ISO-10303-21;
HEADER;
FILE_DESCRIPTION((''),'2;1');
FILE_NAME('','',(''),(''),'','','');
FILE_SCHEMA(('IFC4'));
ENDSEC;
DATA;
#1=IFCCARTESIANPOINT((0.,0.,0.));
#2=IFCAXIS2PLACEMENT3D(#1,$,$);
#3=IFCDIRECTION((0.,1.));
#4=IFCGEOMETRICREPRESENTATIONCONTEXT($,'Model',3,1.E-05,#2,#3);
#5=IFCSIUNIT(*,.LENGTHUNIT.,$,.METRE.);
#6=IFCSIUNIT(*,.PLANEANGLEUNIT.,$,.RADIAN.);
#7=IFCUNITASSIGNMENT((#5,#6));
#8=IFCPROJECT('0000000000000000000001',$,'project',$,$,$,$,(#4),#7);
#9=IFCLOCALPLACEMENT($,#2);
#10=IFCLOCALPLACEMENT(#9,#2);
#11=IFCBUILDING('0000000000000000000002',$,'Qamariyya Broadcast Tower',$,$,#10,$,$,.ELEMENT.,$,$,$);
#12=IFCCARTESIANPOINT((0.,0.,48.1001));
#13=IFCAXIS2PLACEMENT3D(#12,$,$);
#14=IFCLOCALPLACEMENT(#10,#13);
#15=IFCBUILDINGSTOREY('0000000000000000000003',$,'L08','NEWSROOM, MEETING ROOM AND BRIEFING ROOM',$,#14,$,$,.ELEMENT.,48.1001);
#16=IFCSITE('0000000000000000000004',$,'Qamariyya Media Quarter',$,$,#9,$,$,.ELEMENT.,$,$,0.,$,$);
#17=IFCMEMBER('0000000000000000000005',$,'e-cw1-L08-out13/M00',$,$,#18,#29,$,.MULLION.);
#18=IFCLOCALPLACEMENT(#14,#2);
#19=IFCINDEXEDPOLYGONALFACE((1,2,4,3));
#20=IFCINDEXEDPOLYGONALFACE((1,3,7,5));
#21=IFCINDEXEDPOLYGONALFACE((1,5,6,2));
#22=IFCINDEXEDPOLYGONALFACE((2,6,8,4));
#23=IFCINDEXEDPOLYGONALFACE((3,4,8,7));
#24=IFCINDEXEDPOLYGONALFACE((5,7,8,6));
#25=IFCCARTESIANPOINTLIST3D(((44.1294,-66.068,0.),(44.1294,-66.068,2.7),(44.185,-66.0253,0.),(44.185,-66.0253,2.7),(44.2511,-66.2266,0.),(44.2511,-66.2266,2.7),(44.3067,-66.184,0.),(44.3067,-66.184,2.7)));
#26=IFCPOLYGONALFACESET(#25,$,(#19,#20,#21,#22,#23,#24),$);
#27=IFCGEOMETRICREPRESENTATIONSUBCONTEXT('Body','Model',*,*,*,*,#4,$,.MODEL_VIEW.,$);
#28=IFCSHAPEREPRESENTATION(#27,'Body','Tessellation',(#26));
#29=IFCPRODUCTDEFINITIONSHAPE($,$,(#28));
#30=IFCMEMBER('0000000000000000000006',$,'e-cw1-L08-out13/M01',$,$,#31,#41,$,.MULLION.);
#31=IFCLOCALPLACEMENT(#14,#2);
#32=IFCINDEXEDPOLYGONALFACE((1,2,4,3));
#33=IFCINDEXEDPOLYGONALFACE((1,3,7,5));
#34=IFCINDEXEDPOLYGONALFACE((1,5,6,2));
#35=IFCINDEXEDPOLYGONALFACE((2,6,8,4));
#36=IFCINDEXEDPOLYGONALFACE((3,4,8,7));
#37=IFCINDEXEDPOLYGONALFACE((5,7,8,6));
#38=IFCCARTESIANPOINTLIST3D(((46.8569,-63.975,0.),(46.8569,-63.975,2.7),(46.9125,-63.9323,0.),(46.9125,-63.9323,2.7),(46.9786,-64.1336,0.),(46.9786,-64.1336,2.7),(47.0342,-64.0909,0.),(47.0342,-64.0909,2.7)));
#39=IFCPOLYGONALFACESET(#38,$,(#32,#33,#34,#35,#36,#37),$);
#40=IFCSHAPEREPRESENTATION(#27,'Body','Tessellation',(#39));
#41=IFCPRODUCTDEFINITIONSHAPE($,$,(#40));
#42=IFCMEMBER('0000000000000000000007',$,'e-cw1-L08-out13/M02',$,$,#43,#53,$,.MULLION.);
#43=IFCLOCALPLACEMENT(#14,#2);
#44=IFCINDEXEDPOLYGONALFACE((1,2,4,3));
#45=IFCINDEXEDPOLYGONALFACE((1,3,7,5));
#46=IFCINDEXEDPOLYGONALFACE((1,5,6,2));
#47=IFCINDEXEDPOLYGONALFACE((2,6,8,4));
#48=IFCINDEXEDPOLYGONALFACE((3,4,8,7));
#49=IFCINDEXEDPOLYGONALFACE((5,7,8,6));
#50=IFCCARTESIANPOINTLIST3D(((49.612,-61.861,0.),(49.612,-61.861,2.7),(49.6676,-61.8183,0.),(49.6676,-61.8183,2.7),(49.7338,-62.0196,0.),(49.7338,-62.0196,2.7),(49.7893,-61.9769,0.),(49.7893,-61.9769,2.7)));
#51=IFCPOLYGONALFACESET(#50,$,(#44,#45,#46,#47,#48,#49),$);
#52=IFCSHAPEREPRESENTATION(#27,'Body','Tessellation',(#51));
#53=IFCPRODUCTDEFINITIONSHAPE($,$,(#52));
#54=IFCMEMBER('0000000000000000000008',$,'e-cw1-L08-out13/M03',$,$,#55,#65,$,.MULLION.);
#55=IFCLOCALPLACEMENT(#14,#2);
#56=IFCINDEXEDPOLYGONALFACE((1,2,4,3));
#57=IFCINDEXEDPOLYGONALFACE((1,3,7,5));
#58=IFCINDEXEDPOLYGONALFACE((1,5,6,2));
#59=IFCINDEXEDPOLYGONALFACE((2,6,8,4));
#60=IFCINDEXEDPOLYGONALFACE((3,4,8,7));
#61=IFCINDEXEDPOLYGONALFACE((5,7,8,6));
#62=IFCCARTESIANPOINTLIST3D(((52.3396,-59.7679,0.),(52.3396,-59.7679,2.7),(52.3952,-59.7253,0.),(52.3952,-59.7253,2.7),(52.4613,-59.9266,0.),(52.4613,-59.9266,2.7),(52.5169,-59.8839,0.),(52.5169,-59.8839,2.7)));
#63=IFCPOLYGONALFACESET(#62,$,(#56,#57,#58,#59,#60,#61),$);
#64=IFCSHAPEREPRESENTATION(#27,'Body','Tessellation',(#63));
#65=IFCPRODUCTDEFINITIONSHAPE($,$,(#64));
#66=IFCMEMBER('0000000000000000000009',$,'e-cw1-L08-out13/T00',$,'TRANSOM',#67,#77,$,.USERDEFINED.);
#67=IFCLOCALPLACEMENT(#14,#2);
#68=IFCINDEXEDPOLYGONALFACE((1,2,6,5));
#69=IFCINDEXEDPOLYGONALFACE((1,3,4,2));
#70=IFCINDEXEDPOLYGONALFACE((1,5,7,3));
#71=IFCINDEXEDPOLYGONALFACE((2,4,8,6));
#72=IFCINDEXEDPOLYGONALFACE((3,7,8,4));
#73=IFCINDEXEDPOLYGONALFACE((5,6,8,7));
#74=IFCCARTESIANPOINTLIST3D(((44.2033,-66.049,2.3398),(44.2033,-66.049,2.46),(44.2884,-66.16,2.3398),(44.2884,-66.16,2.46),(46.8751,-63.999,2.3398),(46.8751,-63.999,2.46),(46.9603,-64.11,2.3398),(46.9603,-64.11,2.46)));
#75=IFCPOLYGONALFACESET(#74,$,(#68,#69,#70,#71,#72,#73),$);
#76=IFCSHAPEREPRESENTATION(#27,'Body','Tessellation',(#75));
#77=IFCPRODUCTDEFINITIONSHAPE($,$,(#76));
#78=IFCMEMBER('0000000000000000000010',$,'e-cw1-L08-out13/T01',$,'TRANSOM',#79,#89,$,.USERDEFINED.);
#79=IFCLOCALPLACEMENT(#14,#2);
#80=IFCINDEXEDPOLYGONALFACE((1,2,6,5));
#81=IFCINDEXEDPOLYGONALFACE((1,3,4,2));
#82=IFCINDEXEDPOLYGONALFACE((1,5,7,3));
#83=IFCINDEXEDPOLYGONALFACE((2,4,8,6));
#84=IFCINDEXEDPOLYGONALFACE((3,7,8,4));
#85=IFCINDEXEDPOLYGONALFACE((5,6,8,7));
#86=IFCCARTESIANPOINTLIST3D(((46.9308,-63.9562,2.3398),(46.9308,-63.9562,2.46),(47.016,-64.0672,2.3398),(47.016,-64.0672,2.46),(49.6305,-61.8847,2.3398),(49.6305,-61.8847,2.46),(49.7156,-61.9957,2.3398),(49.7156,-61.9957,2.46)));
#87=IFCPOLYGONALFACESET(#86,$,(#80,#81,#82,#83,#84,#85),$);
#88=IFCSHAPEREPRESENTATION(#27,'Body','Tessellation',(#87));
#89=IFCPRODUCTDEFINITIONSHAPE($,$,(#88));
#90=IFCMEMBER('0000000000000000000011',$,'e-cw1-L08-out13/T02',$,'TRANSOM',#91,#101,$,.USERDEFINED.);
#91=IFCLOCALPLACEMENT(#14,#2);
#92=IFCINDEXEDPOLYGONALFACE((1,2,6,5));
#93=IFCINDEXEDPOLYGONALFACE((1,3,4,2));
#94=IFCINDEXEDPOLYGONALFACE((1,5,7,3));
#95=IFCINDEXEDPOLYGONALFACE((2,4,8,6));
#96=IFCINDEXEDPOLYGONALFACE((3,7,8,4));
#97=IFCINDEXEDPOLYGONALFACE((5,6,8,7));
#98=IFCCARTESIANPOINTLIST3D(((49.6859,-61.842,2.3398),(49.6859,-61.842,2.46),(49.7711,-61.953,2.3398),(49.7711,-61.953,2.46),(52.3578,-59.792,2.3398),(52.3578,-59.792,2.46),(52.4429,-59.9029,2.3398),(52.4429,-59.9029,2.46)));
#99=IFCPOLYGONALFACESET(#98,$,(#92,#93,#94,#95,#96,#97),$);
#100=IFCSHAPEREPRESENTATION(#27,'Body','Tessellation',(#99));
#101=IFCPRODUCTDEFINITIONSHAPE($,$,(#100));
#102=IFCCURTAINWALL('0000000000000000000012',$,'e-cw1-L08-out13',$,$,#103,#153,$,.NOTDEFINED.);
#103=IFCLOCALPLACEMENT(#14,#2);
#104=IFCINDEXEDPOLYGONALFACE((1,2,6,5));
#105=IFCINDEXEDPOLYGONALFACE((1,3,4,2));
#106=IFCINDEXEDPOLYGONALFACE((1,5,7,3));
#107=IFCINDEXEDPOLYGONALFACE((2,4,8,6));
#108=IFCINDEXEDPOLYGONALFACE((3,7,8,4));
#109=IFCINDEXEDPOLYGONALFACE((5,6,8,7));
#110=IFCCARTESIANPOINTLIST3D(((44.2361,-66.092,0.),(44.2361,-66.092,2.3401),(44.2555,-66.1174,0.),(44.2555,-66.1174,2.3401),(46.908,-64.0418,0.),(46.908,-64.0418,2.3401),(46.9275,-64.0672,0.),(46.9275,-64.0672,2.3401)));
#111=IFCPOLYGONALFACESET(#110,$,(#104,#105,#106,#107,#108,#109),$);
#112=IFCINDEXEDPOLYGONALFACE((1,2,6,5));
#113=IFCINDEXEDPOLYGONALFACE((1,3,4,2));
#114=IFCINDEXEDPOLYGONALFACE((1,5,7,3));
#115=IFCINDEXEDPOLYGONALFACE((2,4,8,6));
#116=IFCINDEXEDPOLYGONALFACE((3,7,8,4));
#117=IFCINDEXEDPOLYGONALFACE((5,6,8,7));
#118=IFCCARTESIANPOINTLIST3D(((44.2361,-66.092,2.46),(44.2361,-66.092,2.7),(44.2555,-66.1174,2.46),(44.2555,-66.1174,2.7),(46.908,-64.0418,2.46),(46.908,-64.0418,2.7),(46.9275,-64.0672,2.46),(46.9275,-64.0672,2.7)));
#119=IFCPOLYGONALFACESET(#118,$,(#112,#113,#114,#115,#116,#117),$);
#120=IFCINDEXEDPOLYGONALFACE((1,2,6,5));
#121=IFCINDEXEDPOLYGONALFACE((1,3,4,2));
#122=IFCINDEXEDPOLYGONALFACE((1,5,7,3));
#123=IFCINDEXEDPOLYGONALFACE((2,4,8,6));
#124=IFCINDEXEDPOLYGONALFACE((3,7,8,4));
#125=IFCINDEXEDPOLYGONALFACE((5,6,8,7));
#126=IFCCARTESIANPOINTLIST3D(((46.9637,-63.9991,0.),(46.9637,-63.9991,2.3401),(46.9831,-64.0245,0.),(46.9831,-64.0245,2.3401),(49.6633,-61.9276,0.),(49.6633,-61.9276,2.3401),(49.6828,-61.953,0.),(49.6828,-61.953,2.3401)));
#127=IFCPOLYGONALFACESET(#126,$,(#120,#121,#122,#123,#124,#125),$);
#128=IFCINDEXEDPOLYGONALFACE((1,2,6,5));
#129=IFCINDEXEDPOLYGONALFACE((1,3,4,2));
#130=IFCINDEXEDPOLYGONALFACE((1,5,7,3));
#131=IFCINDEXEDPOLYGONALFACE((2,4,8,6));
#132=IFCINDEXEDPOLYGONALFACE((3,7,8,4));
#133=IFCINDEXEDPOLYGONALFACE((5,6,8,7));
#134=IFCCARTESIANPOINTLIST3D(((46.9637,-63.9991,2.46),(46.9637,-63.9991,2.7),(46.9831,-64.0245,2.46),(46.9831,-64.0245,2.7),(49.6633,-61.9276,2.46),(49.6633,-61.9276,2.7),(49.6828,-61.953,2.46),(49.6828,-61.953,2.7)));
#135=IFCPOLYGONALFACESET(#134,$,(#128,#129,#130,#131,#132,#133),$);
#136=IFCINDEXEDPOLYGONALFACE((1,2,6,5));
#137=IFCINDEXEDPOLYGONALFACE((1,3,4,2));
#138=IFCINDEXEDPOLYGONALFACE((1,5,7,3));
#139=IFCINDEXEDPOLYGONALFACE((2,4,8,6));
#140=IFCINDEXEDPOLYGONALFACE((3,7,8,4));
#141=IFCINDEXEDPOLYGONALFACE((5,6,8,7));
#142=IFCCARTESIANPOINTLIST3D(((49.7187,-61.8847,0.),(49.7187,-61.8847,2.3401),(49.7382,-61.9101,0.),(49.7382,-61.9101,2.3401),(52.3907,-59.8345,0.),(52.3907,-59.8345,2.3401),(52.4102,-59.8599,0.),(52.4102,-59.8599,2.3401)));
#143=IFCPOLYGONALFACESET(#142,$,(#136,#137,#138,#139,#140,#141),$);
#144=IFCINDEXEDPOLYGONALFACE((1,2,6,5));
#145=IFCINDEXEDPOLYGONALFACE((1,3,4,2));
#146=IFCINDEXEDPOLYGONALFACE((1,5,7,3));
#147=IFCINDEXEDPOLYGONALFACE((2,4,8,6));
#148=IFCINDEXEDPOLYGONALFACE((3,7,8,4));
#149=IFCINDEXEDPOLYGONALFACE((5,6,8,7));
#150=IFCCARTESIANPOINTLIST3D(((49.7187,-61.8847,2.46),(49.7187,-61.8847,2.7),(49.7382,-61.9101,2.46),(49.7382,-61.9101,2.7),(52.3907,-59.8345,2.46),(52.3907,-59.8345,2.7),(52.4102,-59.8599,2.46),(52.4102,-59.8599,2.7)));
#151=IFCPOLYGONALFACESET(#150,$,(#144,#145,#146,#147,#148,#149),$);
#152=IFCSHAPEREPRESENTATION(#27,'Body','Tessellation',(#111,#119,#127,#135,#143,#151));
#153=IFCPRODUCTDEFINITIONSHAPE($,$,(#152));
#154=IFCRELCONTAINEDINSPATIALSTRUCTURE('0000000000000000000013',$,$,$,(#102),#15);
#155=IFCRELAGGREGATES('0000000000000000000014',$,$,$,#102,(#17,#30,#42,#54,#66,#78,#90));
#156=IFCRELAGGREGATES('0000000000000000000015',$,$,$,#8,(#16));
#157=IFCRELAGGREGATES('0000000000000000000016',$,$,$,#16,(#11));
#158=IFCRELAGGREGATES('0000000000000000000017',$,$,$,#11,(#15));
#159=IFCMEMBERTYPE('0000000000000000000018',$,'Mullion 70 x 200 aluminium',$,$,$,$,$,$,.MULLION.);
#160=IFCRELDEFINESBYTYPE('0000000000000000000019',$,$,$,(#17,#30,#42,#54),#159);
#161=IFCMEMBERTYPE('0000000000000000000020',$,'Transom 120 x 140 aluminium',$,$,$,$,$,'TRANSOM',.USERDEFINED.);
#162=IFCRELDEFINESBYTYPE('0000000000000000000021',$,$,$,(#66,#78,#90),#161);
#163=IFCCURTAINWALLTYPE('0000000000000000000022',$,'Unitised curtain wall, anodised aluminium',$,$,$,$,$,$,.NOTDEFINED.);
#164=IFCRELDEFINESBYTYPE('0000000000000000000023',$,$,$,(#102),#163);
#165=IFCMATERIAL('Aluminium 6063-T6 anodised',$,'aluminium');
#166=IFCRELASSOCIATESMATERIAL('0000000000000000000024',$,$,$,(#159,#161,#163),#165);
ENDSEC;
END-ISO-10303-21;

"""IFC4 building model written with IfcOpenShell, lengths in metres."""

from ifc_helpers import new_model, si_unit, direction, frame, origin, origin_2d, place, context, subcontext, project, spatial, rectangle, extrude, material, material_profile, profile_set, type_object, element, aggregate, save


model = new_model("IFC4")

# Units and contexts
model_context = context("Model", 3, precision=1e-05, world=origin(), true_north=direction((0.0, 1.0)))
body_context = subcontext(model_context, "Body", "Model", "MODEL_VIEW")
ifc_project = project(units=[si_unit("LENGTHUNIT", "METRE"), si_unit("PLANEANGLEUNIT", "RADIAN")], contexts=[model_context])

# Members
ifc_material_1 = material(Name="Aluminium 6063-T6 anodised", Category="aluminium")
ifc_material_profile_1 = material_profile(ifc_material_1, rectangle(XDim=0.2, YDim=0.0701, at=origin_2d()))
ifc_profile_set_1 = profile_set([ifc_material_profile_1], Name="Aluminium 6063-T6 anodised")
member_type_1 = type_object("IfcMemberType", Name="Mullion 70 x 200 aluminium", PredefinedType="MULLION", material=ifc_profile_set_1)
site_placement = place(None, origin())
building_placement = place(site_placement, origin())
storey_placement = place(building_placement, frame((0.0, 0.0, 48.1001)))
member_1_placement = place(storey_placement, frame((44.218, -66.126, 0.0), z_axis=(0.0, 0.0, 1.0), x_axis=(-0.608761, 0.793353, 0.0)))
member_1 = element("IfcMember", 1, at=member_1_placement, type_object=member_type_1, Name="e-cw1-L08-out13/M00", PredefinedType="MULLION", context=body_context, shape_type="SweptSolid", body=[
    extrude(rectangle(XDim=0.2, YDim=0.0701, at=origin_2d()), origin(), (0.0, 0.0, 1.0), 2.7),
])
member_2_placement = place(storey_placement, frame((46.9456, -64.033, 0.0), z_axis=(0.0, 0.0, 1.0), x_axis=(-0.608761, 0.793353, 0.0)))
member_2 = element("IfcMember", 2, at=member_2_placement, type_object=member_type_1, Name="e-cw1-L08-out13/M01", PredefinedType="MULLION", context=body_context, shape_type="SweptSolid", body=[
    extrude(rectangle(XDim=0.2, YDim=0.0701, at=origin_2d()), origin(), (0.0, 0.0, 1.0), 2.7),
])
member_3_placement = place(storey_placement, frame((49.7007, -61.9189, 0.0), z_axis=(0.0, 0.0, 1.0), x_axis=(-0.608761, 0.793353, 0.0)))
member_3 = element("IfcMember", 3, at=member_3_placement, type_object=member_type_1, Name="e-cw1-L08-out13/M02", PredefinedType="MULLION", context=body_context, shape_type="SweptSolid", body=[
    extrude(rectangle(XDim=0.2, YDim=0.0701, at=origin_2d()), origin(), (0.0, 0.0, 1.0), 2.7),
])
member_4_placement = place(storey_placement, frame((52.4282, -59.8259, 0.0), z_axis=(0.0, 0.0, 1.0), x_axis=(-0.608761, 0.793353, 0.0)))
member_4 = element("IfcMember", 4, at=member_4_placement, type_object=member_type_1, Name="e-cw1-L08-out13/M03", PredefinedType="MULLION", context=body_context, shape_type="SweptSolid", body=[
    extrude(rectangle(XDim=0.2, YDim=0.0701, at=origin_2d()), origin(), (0.0, 0.0, 1.0), 2.7),
])
ifc_material_profile_2 = material_profile(ifc_material_1, rectangle(XDim=0.1399, YDim=0.1201, at=origin_2d()))
ifc_profile_set_2 = profile_set([ifc_material_profile_2], Name="Aluminium 6063-T6 anodised")
member_type_2 = type_object("IfcMemberType", Name="Transom 120 x 140 aluminium", ElementType="TRANSOM", PredefinedType="USERDEFINED", material=ifc_profile_set_2)
member_5_placement = place(storey_placement, frame((44.2458, -66.1045, 2.3999), z_axis=(0.793375, 0.608733, 0.0), x_axis=(-0.608733, 0.793375, 0.0)))
member_5 = element("IfcMember", 5, at=member_5_placement, type_object=member_type_2, Name="e-cw1-L08-out13/T00", ObjectType="TRANSOM", PredefinedType="USERDEFINED", context=body_context, shape_type="SweptSolid", body=[
    extrude(rectangle(XDim=0.1399, YDim=0.1201, at=origin_2d()), origin(), (0.0, 0.0, 1.0), 3.3677),
])
member_6_placement = place(storey_placement, frame((46.9734, -64.0117, 2.3999), z_axis=(0.793357, 0.608757, 0.0), x_axis=(-0.608757, 0.793357, 0.0)))
member_6 = element("IfcMember", 6, at=member_6_placement, type_object=member_type_2, Name="e-cw1-L08-out13/T01", ObjectType="TRANSOM", PredefinedType="USERDEFINED", context=body_context, shape_type="SweptSolid", body=[
    extrude(rectangle(XDim=0.1399, YDim=0.1201, at=origin_2d()), origin(), (0.0, 0.0, 1.0), 3.4028),
])
member_7_placement = place(storey_placement, frame((49.7285, -61.8975, 2.3999), z_axis=(0.793375, 0.608733, 0.0), x_axis=(-0.608733, 0.793375, 0.0)))
member_7 = element("IfcMember", 7, at=member_7_placement, type_object=member_type_2, Name="e-cw1-L08-out13/T02", ObjectType="TRANSOM", PredefinedType="USERDEFINED", context=body_context, shape_type="SweptSolid", body=[
    extrude(rectangle(XDim=0.1399, YDim=0.1201, at=origin_2d()), origin(), (0.0, 0.0, 1.0), 3.3677),
])

# Site, building, storey
site = spatial("IfcSite", under=ifc_project, at=site_placement, Name="Qamariyya Media Quarter", CompositionType="ELEMENT", RefElevation=0.0)
building = spatial("IfcBuilding", under=site, at=building_placement, Name="Qamariyya Broadcast Tower", CompositionType="ELEMENT")
storey = spatial("IfcBuildingStorey", under=building, at=storey_placement, Name="L08", Description="NEWSROOM, MEETING ROOM AND BRIEFING ROOM", CompositionType="ELEMENT", Elevation=48.1001)

# Curtain wall
curtain_wall_type = type_object("IfcCurtainWallType", Name="Unitised curtain wall, anodised aluminium", PredefinedType="NOTDEFINED", material=ifc_material_1)
curtain_wall_1_placement = place(storey_placement, origin())
curtain_wall_1 = element("IfcCurtainWall", 8, at=curtain_wall_1_placement, inside=storey, type_object=curtain_wall_type, Name="e-cw1-L08-out13", PredefinedType="NOTDEFINED", context=body_context, shape_type="SweptSolid", body=[
    extrude(rectangle(XDim=3.3679, YDim=0.032, at=origin_2d()), frame((45.5818, -65.0796, 0.0), x_axis=(0.793358, 0.608756, 0.0)), (0.0, 0.0, 1.0), 2.3401),
    extrude(rectangle(XDim=3.3679, YDim=0.032, at=origin_2d()), frame((45.5818, -65.0796, 2.46), x_axis=(0.793358, 0.608756, 0.0)), (0.0, 0.0, 1.0), 0.24),
    extrude(rectangle(XDim=3.4028, YDim=0.032, at=origin_2d()), frame((48.3232, -62.9761, 0.0), x_axis=(0.793358, 0.608756, 0.0)), (0.0, 0.0, 1.0), 2.3401),
    extrude(rectangle(XDim=3.4028, YDim=0.032, at=origin_2d()), frame((48.3232, -62.9761, 2.46), x_axis=(0.793358, 0.608756, 0.0)), (0.0, 0.0, 1.0), 0.24),
    extrude(rectangle(XDim=3.3679, YDim=0.032, at=origin_2d()), frame((51.0645, -60.8723, 0.0), x_axis=(0.793358, 0.608756, 0.0)), (0.0, 0.0, 1.0), 2.3401),
    extrude(rectangle(XDim=3.3679, YDim=0.032, at=origin_2d()), frame((51.0645, -60.8723, 2.46), x_axis=(0.793358, 0.608756, 0.0)), (0.0, 0.0, 1.0), 0.24),
])
aggregate(curtain_wall_1, [member_1, member_2, member_3, member_4, member_5, member_6, member_7])

save(model, "model.ifc")
